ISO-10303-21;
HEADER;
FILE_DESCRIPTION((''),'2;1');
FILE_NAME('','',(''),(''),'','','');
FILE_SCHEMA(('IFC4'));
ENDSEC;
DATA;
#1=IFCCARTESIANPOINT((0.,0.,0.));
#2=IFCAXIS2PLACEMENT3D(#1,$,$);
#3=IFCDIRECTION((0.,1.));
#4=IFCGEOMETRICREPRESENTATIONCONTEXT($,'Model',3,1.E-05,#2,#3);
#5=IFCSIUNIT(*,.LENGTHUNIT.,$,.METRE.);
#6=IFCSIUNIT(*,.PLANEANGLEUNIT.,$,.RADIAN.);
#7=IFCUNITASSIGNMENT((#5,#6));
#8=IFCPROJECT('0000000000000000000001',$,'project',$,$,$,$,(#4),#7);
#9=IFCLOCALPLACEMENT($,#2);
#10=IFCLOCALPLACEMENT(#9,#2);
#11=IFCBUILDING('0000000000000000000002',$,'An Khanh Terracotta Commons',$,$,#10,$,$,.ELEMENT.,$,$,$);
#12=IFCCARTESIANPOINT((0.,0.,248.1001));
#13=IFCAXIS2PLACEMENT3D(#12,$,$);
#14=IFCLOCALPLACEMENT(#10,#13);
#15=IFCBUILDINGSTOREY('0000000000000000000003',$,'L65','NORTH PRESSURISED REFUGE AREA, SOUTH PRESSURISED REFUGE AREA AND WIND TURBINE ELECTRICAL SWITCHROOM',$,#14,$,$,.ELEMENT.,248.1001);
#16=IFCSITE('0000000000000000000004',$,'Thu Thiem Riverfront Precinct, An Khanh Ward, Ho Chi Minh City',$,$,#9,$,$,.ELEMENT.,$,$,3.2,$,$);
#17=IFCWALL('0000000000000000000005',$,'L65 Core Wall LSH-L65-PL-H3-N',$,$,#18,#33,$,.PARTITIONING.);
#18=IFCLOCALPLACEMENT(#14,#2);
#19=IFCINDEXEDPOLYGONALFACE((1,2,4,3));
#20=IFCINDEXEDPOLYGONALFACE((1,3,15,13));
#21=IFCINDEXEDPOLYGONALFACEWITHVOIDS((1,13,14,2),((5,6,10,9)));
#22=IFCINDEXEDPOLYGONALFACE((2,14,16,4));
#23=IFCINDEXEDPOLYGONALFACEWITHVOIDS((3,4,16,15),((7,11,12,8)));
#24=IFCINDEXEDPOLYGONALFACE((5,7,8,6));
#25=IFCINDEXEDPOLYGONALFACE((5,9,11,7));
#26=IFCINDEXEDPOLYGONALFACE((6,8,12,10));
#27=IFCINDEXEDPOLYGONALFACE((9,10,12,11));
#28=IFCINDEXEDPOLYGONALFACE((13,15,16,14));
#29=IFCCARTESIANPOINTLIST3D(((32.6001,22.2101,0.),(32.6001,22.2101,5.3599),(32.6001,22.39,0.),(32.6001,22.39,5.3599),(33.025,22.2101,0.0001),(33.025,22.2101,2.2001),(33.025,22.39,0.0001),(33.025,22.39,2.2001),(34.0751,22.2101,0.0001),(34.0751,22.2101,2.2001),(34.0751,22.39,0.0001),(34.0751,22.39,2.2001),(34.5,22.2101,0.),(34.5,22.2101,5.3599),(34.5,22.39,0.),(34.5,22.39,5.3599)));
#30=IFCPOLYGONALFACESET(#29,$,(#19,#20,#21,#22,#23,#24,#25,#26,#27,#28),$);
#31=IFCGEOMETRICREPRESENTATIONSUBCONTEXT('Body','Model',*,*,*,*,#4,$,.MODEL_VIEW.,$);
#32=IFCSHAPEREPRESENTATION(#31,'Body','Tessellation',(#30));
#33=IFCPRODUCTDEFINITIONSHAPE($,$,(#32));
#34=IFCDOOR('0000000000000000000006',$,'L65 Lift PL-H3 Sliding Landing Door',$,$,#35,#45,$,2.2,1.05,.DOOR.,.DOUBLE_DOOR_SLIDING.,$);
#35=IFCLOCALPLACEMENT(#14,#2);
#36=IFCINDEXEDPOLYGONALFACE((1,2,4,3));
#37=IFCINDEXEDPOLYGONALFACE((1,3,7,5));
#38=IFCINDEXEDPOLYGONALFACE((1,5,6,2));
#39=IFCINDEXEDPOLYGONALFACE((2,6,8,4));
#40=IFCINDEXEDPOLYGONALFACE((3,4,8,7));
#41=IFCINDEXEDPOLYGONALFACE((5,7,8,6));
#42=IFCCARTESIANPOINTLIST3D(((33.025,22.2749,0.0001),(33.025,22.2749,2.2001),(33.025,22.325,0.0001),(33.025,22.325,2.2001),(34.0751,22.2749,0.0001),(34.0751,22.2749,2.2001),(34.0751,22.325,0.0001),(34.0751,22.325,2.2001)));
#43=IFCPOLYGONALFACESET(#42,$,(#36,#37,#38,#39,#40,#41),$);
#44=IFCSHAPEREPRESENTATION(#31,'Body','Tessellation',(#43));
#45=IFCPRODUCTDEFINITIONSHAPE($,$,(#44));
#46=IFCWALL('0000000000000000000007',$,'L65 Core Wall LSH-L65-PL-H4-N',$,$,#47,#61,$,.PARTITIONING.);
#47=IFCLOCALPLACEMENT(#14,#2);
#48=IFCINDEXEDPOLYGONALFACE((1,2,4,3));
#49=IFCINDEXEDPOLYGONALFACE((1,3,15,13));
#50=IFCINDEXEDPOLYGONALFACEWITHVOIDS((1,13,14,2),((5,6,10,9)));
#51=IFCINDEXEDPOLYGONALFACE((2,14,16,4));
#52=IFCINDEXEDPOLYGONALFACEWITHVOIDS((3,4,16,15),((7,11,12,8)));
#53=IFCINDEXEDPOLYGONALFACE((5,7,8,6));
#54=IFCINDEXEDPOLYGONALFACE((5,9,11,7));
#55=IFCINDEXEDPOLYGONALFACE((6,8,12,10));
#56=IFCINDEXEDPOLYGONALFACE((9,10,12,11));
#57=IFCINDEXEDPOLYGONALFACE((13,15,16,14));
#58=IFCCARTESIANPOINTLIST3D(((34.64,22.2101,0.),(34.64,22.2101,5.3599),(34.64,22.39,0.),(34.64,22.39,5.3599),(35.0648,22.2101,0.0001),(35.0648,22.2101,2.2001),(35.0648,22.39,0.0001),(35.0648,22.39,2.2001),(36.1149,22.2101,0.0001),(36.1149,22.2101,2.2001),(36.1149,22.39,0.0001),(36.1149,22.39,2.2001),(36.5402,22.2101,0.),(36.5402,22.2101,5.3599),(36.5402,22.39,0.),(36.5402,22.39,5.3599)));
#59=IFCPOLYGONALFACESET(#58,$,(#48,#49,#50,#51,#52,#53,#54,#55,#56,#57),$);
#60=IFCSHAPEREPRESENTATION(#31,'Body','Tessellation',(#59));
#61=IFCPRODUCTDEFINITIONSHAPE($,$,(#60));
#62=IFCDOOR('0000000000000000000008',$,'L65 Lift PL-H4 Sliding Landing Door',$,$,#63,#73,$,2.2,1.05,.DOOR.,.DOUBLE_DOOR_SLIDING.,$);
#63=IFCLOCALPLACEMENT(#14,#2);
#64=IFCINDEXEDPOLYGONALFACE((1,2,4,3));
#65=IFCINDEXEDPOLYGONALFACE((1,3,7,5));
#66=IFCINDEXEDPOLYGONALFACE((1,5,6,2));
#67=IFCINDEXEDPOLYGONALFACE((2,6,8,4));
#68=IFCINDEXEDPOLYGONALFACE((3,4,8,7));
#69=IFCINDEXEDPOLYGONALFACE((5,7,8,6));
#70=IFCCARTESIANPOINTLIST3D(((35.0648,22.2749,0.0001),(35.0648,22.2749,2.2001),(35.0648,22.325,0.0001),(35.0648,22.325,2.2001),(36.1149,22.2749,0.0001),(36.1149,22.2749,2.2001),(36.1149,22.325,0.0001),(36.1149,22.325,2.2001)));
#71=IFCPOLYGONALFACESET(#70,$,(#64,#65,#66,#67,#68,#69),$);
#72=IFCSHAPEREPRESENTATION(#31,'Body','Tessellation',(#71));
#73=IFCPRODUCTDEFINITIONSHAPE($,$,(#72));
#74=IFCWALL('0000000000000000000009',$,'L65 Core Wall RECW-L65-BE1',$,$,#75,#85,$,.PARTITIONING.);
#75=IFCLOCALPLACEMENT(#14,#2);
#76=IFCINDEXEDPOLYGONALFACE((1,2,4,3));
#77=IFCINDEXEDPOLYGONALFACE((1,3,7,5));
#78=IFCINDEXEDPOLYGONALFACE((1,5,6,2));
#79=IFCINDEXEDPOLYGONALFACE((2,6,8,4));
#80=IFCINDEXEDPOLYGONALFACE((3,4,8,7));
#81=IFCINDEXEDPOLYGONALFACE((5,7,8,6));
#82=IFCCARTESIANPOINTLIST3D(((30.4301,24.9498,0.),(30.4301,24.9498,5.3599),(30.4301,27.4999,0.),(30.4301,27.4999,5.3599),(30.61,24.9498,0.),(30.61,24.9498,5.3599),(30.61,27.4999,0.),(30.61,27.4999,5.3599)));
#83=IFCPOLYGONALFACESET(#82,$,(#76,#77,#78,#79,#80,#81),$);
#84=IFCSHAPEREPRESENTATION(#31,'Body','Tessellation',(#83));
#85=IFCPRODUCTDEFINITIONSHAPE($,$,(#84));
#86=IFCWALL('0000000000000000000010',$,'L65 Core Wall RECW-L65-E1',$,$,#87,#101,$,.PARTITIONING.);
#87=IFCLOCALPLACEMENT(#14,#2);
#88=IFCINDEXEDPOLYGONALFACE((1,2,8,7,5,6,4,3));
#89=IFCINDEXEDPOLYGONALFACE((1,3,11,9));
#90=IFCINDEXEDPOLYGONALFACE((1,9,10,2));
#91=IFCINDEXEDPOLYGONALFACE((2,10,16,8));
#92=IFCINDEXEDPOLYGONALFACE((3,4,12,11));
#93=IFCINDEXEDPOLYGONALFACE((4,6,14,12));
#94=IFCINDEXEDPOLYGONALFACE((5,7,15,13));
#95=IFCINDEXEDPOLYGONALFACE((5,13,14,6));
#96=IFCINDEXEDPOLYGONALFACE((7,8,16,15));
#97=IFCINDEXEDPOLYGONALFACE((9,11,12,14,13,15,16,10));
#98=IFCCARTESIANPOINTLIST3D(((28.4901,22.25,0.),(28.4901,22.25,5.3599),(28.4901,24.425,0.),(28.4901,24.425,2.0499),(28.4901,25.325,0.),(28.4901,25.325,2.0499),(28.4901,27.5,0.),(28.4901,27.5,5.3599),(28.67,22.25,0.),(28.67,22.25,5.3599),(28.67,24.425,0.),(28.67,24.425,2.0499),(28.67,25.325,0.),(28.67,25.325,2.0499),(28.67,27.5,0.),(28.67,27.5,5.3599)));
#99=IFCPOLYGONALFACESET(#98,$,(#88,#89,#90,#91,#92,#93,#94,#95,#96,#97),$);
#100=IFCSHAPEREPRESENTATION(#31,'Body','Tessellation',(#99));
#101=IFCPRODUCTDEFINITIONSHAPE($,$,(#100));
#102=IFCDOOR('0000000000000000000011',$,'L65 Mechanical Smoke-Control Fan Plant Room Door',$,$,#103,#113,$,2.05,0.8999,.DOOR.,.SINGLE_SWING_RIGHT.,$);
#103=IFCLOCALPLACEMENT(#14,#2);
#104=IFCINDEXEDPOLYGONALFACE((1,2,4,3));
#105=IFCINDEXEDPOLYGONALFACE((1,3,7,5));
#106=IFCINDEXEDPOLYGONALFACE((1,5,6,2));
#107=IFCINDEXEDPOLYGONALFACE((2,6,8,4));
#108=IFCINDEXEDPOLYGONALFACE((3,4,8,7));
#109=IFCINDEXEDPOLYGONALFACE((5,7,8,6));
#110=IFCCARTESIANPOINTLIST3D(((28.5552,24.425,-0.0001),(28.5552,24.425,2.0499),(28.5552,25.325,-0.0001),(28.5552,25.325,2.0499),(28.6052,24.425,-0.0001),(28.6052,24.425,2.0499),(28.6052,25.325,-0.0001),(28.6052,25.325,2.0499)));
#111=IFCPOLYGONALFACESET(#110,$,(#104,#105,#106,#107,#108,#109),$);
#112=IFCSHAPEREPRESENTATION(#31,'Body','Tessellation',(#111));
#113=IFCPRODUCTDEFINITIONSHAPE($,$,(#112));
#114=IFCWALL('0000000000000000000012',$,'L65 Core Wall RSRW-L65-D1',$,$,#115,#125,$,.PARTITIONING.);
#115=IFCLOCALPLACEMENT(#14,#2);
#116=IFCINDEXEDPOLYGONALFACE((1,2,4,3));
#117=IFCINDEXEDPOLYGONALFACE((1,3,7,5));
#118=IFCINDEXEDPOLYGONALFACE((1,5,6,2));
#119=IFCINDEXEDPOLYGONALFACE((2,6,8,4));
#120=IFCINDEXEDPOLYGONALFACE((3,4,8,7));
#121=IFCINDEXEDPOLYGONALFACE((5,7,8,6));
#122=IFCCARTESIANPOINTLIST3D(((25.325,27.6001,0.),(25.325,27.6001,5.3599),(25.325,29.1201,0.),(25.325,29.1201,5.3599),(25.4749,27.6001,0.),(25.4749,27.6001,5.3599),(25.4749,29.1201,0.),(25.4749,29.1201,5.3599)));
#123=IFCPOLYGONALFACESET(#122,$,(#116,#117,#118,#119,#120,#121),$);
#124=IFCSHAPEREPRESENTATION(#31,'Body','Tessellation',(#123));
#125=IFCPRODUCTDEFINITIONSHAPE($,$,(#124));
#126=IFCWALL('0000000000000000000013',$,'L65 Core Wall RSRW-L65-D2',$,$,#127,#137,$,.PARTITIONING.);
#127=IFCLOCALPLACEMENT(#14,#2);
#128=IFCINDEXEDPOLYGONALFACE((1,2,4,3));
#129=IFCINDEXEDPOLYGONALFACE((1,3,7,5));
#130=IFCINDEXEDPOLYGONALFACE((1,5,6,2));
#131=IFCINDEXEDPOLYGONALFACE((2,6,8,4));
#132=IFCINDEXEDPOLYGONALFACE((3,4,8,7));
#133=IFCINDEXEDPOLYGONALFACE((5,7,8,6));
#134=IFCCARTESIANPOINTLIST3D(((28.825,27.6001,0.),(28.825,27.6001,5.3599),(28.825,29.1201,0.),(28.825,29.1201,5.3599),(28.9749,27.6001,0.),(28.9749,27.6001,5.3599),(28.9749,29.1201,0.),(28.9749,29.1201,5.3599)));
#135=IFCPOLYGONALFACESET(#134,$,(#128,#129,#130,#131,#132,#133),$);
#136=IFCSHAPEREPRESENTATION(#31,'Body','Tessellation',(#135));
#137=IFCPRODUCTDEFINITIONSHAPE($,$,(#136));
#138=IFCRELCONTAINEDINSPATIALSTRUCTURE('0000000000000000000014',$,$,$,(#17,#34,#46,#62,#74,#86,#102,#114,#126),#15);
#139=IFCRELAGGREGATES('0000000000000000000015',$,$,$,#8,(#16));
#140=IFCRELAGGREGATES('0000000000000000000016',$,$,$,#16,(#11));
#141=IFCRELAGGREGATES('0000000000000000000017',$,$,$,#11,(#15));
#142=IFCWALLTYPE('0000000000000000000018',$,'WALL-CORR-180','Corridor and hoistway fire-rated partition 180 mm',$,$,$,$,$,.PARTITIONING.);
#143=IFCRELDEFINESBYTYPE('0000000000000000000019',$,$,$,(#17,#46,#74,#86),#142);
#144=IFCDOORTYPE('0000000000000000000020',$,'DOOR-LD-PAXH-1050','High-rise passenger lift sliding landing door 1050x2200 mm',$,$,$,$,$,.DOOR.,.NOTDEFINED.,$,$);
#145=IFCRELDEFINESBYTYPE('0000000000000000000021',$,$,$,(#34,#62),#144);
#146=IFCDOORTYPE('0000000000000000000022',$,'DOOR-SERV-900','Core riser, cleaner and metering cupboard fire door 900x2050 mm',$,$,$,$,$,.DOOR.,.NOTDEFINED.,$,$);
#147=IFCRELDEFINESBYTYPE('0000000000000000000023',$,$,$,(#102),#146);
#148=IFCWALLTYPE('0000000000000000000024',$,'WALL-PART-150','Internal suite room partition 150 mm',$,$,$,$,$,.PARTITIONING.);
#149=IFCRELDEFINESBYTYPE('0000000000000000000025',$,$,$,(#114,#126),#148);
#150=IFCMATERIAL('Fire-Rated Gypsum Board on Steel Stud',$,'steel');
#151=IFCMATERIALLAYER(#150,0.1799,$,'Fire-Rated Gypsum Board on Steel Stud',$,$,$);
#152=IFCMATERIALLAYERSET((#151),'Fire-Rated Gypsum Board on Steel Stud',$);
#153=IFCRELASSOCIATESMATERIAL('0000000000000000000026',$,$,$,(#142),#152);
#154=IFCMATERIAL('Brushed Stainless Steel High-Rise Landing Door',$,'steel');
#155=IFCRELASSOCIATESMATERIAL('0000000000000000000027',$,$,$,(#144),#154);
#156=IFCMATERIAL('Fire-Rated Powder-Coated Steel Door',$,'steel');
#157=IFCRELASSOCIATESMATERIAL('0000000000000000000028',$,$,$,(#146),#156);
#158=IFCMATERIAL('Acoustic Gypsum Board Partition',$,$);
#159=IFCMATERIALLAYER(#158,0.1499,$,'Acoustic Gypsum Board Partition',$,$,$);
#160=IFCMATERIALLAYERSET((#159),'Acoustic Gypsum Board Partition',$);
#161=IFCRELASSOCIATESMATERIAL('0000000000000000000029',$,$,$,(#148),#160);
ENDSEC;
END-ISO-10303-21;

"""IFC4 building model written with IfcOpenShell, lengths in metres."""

from ifc_helpers import new_model, si_unit, direction, frame, frame_2d, origin, place, context, subcontext, project, spatial, rectangle, extrude, material, layer, layer_set, type_object, element, fill, save


model = new_model("IFC4")

# Units and contexts
model_context = context("Model", 3, precision=1e-05, world=origin(), true_north=direction((0.0, 1.0)))
body_context = subcontext(model_context, "Body", "Model", "MODEL_VIEW")
ifc_project = project(units=[si_unit("LENGTHUNIT", "METRE"), si_unit("PLANEANGLEUNIT", "RADIAN")], contexts=[model_context])

# Site, building, storey
site_placement = place(None, origin())
site = spatial("IfcSite", under=ifc_project, at=site_placement, Name="Thu Thiem Riverfront Precinct, An Khanh Ward, Ho Chi Minh City", CompositionType="ELEMENT", RefElevation=3.2)
building_placement = place(site_placement, origin())
building = spatial("IfcBuilding", under=site, at=building_placement, Name="An Khanh Terracotta Commons", CompositionType="ELEMENT")
storey_placement = place(building_placement, frame((0.0, 0.0, 248.1001)))
storey = spatial("IfcBuildingStorey", under=building, at=storey_placement, Name="L65", Description="NORTH PRESSURISED REFUGE AREA, SOUTH PRESSURISED REFUGE AREA AND WIND TURBINE ELECTRICAL SWITCHROOM", CompositionType="ELEMENT", Elevation=248.1001)

# Shared definitions
ifc_material_1 = material(Name="Fire-Rated Gypsum Board on Steel Stud", Category="steel")
ifc_layer_1 = layer(ifc_material_1, 0.1799, Name="Fire-Rated Gypsum Board on Steel Stud")
ifc_layer_set_1 = layer_set([ifc_layer_1], Name="Fire-Rated Gypsum Board on Steel Stud")
wall_type_1 = type_object("IfcWallType", Name="WALL-CORR-180", Description="Corridor and hoistway fire-rated partition 180 mm", PredefinedType="PARTITIONING", material=ifc_layer_set_1)

# Shared definitions
ifc_material_2 = material(Name="Brushed Stainless Steel High-Rise Landing Door", Category="steel")
door_type_1 = type_object("IfcDoorType", Name="DOOR-LD-PAXH-1050", Description="High-rise passenger lift sliding landing door 1050x2200 mm", OperationType="NOTDEFINED", PredefinedType="DOOR", material=ifc_material_2)

# Walls, openings, doors
wall_1_placement = place(storey_placement, frame((32.6001, 22.3, 0.0), z_axis=(0.0, 0.0, 1.0), x_axis=(1.0, 0.0, 0.0)))
wall_1 = element("IfcWall", 1, at=wall_1_placement, inside=storey, type_object=wall_type_1, Name="L65 Core Wall LSH-L65-PL-H3-N", PredefinedType="PARTITIONING", context=body_context, shape_type="SweptSolid", body=[
    extrude(rectangle(XDim=1.8999, YDim=0.1799, at=frame_2d((0.95, 0.0))), origin(), (0.0, 0.0, 1.0), 5.3599),
])
opening_1_placement = place(wall_1_placement, frame((0.425, 0.0, 0.0)))
opening_1 = element("IfcOpeningElement", 2, at=opening_1_placement, cuts=wall_1, PredefinedType="OPENING", context=body_context, shape_type="SweptSolid", body=[
    extrude(rectangle(XDim=1.05, YDim=2.2, at=frame_2d((0.5249, 1.1001))), frame((0.0, 0.0999, 0.0), z_axis=(0.0, -1.0, 0.0), x_axis=(1.0, 0.0, 0.0)), (0.0, 0.0, 1.0), 0.2),
])
door_1_placement = place(opening_1_placement, origin())
door_1 = element("IfcDoor", 3, at=door_1_placement, inside=storey, type_object=door_type_1, Name="L65 Lift PL-H3 Sliding Landing Door", OperationType="DOUBLE_DOOR_SLIDING", OverallHeight=2.2, OverallWidth=1.05, PredefinedType="DOOR", context=body_context, shape_type="SweptSolid", body=[
    extrude(rectangle(XDim=1.05, YDim=2.2, at=frame_2d((0.5249, 1.1001))), frame((0.0, 0.0249, 0.0), z_axis=(0.0, -1.0, 0.0), x_axis=(1.0, 0.0, 0.0)), (0.0, 0.0, 1.0), 0.05),
])
fill(opening_1, door_1)
wall_2_placement = place(storey_placement, frame((34.6399, 22.3, 0.0), z_axis=(0.0, 0.0, 1.0), x_axis=(1.0, 0.0, 0.0)))
wall_2 = element("IfcWall", 4, at=wall_2_placement, inside=storey, type_object=wall_type_1, Name="L65 Core Wall LSH-L65-PL-H4-N", PredefinedType="PARTITIONING", context=body_context, shape_type="SweptSolid", body=[
    extrude(rectangle(XDim=1.9001, YDim=0.1799, at=frame_2d((0.9502, 0.0))), origin(), (0.0, 0.0, 1.0), 5.3599),
])
opening_2_placement = place(wall_2_placement, frame((0.425, 0.0, 0.0)))
opening_2 = element("IfcOpeningElement", 5, at=opening_2_placement, cuts=wall_2, PredefinedType="OPENING", context=body_context, shape_type="SweptSolid", body=[
    extrude(rectangle(XDim=1.05, YDim=2.2, at=frame_2d((0.5249, 1.1001))), frame((0.0, 0.0999, 0.0), z_axis=(0.0, -1.0, 0.0), x_axis=(1.0, 0.0, 0.0)), (0.0, 0.0, 1.0), 0.2),
])
door_2_placement = place(opening_2_placement, origin())
door_2 = element("IfcDoor", 6, at=door_2_placement, inside=storey, type_object=door_type_1, Name="L65 Lift PL-H4 Sliding Landing Door", OperationType="DOUBLE_DOOR_SLIDING", OverallHeight=2.2, OverallWidth=1.05, PredefinedType="DOOR", context=body_context, shape_type="SweptSolid", body=[
    extrude(rectangle(XDim=1.05, YDim=2.2, at=frame_2d((0.5249, 1.1001))), frame((0.0, 0.0249, 0.0), z_axis=(0.0, -1.0, 0.0), x_axis=(1.0, 0.0, 0.0)), (0.0, 0.0, 1.0), 0.05),
])
fill(opening_2, door_2)

# Wall
wall_3_placement = place(storey_placement, frame((30.52, 24.95, 0.0), z_axis=(0.0, 0.0, 1.0), x_axis=(0.0, 1.0, 0.0)))
element("IfcWall", 7, at=wall_3_placement, inside=storey, type_object=wall_type_1, Name="L65 Core Wall RECW-L65-BE1", PredefinedType="PARTITIONING", context=body_context, shape_type="SweptSolid", body=[
    extrude(rectangle(XDim=2.55, YDim=0.1799, at=frame_2d((1.2749, 0.0))), origin(), (0.0, 0.0, 1.0), 5.3599),
])

# Wall, opening, door
wall_4_placement = place(storey_placement, frame((28.5801, 22.25, 0.0), z_axis=(0.0, 0.0, 1.0), x_axis=(0.0, 1.0, 0.0)))
wall_4 = element("IfcWall", 8, at=wall_4_placement, inside=storey, type_object=wall_type_1, Name="L65 Core Wall RECW-L65-E1", PredefinedType="PARTITIONING", context=body_context, shape_type="SweptSolid", body=[
    extrude(rectangle(XDim=5.25, YDim=0.1799, at=frame_2d((2.625, 0.0))), origin(), (0.0, 0.0, 1.0), 5.3599),
])
opening_3_placement = place(wall_4_placement, frame((2.175, 0.0, 0.0)))
opening_3 = element("IfcOpeningElement", 9, at=opening_3_placement, cuts=wall_4, PredefinedType="OPENING", context=body_context, shape_type="SweptSolid", body=[
    extrude(rectangle(XDim=0.8999, YDim=2.05, at=frame_2d((0.45, 1.0249))), frame((0.0, 0.0999, 0.0), z_axis=(0.0, -1.0, 0.0), x_axis=(1.0, 0.0, 0.0)), (0.0, 0.0, 1.0), 0.2),
])
ifc_material_3 = material(Name="Fire-Rated Powder-Coated Steel Door", Category="steel")
door_type_2 = type_object("IfcDoorType", Name="DOOR-SERV-900", Description="Core riser, cleaner and metering cupboard fire door 900x2050 mm", OperationType="NOTDEFINED", PredefinedType="DOOR", material=ifc_material_3)
door_3_placement = place(opening_3_placement, origin())
door_3 = element("IfcDoor", 10, at=door_3_placement, inside=storey, type_object=door_type_2, Name="L65 Mechanical Smoke-Control Fan Plant Room Door", OperationType="SINGLE_SWING_RIGHT", OverallHeight=2.05, OverallWidth=0.8999, PredefinedType="DOOR", context=body_context, shape_type="SweptSolid", body=[
    extrude(rectangle(XDim=0.8999, YDim=2.05, at=frame_2d((0.45, 1.0249))), frame((0.0, 0.0249, 0.0), z_axis=(0.0, -1.0, 0.0), x_axis=(1.0, 0.0, 0.0)), (0.0, 0.0, 1.0), 0.05),
])
fill(opening_3, door_3)

# Walls
ifc_material_4 = material(Name="Acoustic Gypsum Board Partition")
ifc_layer_2 = layer(ifc_material_4, 0.1499, Name="Acoustic Gypsum Board Partition")
ifc_layer_set_2 = layer_set([ifc_layer_2], Name="Acoustic Gypsum Board Partition")
wall_type_2 = type_object("IfcWallType", Name="WALL-PART-150", Description="Internal suite room partition 150 mm", PredefinedType="PARTITIONING", material=ifc_layer_set_2)
for number, where, z_axis, x_axis, name in (
    (11, (25.3999, 27.6001, 0.0), (0.0, 0.0, 1.0), (0.0, 1.0, 0.0), "L65 Core Wall RSRW-L65-D1"),
    (12, (28.8999, 27.6001, 0.0), (0.0, 0.0, 1.0), (0.0, 1.0, 0.0), "L65 Core Wall RSRW-L65-D2"),
):
    element("IfcWall", number, at=place(storey_placement, frame(where, z_axis=z_axis, x_axis=x_axis)), inside=storey, type_object=wall_type_2, Name=name, PredefinedType="PARTITIONING", context=body_context, shape_type="SweptSolid", body=[
        extrude(rectangle(XDim=1.52, YDim=0.1499, at=frame_2d((0.76, 0.0))), origin(), (0.0, 0.0, 1.0), 5.3599),
    ])

save(model, "model.ifc")
